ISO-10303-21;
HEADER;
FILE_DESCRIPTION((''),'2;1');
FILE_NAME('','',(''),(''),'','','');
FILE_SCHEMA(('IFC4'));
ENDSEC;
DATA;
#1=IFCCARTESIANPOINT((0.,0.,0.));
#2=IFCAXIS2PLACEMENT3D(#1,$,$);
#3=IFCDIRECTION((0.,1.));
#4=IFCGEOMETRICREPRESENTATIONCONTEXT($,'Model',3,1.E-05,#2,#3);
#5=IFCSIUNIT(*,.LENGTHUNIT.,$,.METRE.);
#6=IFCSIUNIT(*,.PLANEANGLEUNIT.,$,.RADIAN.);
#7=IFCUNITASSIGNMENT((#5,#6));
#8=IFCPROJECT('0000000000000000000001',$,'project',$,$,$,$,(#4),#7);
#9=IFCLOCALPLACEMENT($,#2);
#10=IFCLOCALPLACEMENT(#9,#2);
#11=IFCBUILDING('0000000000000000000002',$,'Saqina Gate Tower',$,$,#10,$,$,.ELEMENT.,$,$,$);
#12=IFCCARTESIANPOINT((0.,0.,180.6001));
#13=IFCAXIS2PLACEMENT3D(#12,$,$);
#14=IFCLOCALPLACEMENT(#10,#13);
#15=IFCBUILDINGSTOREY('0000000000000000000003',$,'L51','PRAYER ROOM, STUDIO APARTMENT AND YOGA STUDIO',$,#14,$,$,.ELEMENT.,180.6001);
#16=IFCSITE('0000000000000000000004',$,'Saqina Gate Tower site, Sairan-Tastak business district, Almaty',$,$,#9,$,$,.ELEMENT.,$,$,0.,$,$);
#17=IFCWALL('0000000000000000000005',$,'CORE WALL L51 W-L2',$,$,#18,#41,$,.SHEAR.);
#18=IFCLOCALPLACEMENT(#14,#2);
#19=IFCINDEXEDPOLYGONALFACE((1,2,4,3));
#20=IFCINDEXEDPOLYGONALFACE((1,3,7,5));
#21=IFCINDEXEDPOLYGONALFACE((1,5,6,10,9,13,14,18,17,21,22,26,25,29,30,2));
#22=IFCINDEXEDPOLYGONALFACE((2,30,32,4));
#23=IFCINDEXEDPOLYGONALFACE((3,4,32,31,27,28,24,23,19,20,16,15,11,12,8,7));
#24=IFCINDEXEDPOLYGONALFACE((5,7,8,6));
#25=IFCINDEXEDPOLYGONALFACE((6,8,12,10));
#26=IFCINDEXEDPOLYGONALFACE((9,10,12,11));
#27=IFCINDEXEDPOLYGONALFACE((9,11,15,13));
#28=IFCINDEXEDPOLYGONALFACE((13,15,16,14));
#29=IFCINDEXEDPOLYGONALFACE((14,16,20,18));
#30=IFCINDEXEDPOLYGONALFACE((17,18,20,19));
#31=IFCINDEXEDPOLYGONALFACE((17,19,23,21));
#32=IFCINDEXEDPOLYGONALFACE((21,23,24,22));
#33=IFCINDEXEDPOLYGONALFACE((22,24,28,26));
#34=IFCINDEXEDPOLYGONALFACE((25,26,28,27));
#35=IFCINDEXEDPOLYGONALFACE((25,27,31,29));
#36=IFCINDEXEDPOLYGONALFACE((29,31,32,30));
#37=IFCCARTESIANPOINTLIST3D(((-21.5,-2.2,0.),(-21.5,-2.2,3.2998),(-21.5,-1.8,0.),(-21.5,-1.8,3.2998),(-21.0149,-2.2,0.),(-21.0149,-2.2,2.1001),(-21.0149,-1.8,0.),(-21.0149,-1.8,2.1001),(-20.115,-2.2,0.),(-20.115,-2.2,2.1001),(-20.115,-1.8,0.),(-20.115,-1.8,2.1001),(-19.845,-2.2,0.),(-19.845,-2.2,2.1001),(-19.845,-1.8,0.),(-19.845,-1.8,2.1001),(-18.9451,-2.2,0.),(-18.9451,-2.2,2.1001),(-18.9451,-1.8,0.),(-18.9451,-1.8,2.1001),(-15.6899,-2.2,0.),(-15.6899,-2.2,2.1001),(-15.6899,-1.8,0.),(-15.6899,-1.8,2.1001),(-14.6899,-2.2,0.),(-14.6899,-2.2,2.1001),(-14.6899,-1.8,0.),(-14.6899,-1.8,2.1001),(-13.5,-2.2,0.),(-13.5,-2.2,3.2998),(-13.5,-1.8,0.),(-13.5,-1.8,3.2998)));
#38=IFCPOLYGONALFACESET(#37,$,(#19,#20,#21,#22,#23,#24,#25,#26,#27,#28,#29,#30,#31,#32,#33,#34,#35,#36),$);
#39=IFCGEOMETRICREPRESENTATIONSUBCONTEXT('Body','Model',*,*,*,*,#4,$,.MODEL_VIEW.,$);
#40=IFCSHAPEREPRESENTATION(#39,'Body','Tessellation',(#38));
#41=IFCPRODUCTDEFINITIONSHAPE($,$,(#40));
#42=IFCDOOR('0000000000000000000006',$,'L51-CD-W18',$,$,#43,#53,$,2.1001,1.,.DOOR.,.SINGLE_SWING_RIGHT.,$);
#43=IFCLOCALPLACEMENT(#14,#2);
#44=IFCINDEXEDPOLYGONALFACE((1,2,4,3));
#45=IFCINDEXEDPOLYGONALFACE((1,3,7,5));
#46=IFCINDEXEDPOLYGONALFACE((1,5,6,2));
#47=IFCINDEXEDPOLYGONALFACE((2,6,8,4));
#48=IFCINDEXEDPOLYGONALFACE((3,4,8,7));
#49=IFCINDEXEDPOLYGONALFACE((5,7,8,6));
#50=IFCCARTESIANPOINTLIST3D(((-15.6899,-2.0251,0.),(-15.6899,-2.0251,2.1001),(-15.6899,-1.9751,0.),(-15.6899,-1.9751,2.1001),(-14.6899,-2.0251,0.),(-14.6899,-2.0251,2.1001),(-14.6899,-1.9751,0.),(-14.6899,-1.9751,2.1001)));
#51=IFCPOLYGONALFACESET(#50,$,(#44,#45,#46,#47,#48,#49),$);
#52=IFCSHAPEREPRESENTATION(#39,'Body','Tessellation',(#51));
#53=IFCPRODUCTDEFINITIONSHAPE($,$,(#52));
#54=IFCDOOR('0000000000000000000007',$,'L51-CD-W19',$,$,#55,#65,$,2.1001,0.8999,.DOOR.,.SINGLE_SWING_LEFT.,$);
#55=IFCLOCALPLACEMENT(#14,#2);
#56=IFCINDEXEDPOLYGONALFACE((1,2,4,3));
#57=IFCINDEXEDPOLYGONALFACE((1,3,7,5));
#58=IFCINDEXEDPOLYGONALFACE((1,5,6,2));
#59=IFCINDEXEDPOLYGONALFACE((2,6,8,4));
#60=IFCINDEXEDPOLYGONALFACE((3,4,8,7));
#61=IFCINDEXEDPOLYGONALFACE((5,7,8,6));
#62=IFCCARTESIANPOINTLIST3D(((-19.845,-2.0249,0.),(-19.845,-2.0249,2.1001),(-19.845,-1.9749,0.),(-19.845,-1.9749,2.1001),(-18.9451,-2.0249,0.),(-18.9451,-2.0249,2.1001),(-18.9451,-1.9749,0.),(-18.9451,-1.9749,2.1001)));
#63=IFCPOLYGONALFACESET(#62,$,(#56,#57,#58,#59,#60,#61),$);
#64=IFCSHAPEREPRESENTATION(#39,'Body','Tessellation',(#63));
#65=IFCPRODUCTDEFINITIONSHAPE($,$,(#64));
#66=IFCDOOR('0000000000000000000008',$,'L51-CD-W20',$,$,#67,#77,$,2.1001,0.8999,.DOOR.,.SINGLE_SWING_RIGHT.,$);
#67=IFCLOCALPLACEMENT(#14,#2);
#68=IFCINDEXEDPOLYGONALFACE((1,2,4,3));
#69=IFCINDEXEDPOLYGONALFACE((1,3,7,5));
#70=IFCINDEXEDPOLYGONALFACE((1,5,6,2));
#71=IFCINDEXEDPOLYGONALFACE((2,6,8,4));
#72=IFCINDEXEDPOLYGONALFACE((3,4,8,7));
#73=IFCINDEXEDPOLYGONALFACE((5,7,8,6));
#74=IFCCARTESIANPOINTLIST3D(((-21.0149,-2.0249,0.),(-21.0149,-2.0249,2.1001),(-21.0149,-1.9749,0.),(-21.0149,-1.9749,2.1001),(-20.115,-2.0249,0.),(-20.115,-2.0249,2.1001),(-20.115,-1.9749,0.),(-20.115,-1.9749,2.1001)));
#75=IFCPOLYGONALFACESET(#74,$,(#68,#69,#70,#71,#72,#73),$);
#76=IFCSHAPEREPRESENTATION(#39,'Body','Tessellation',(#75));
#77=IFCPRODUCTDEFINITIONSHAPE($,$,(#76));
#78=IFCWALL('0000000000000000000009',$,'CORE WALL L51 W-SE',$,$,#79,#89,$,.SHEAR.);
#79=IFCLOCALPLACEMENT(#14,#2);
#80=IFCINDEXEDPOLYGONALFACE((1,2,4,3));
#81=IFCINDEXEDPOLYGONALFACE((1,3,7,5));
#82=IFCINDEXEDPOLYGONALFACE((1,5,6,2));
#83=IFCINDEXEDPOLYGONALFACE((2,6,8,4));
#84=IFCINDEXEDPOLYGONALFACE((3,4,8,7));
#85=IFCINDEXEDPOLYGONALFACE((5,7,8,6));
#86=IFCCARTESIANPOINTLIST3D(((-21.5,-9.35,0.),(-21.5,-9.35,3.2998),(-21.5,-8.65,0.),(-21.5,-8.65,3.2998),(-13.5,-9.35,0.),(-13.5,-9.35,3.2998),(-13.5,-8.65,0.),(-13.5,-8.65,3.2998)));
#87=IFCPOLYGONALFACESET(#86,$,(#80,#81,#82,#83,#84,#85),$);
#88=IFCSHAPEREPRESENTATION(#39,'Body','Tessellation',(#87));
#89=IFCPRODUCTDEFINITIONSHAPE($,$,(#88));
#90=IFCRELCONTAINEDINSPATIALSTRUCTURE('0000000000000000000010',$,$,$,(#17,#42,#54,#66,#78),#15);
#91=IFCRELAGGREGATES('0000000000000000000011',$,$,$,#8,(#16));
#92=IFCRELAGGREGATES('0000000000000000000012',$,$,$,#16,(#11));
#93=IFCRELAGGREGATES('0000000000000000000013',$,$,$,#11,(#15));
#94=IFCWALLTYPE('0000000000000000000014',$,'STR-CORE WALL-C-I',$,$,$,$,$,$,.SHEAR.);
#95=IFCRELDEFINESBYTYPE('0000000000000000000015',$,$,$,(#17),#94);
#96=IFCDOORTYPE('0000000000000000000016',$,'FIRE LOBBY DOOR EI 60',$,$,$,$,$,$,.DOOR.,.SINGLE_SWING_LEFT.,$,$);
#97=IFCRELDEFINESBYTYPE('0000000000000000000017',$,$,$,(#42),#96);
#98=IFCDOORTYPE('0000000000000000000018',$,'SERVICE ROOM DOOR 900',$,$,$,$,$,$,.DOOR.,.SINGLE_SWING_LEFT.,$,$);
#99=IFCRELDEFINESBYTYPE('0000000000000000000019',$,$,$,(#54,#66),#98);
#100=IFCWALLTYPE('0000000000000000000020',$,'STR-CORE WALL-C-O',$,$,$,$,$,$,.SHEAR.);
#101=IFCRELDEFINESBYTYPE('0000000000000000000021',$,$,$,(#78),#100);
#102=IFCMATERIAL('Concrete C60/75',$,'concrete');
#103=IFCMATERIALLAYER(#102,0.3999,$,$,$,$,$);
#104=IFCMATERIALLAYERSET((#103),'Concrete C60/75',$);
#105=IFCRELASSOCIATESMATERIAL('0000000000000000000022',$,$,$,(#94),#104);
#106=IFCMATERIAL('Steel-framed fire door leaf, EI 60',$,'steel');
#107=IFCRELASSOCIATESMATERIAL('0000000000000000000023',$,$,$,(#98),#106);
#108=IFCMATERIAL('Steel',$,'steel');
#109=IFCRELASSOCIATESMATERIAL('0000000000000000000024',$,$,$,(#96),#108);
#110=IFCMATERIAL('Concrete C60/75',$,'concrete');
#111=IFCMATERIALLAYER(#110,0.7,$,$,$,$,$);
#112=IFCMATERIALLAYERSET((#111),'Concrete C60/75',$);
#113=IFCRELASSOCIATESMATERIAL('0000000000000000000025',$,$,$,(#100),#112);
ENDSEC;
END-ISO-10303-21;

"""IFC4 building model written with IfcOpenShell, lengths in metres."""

from ifc_helpers import new_model, si_unit, direction, frame, frame_2d, origin, place, context, subcontext, project, spatial, rectangle, extrude, material, layer, layer_set, type_object, element, fill, save


model = new_model("IFC4")

# Units and contexts
model_context = context("Model", 3, precision=1e-05, world=origin(), true_north=direction((0.0, 1.0)))
body_context = subcontext(model_context, "Body", "Model", "MODEL_VIEW")
ifc_project = project(units=[si_unit("LENGTHUNIT", "METRE"), si_unit("PLANEANGLEUNIT", "RADIAN")], contexts=[model_context])

# Site, building, storey
site_placement = place(None, origin())
site = spatial("IfcSite", under=ifc_project, at=site_placement, Name="Saqina Gate Tower site, Sairan-Tastak business district, Almaty", CompositionType="ELEMENT", RefElevation=0.0)
building_placement = place(site_placement, origin())
building = spatial("IfcBuilding", under=site, at=building_placement, Name="Saqina Gate Tower", CompositionType="ELEMENT")
storey_placement = place(building_placement, frame((0.0, 0.0, 180.6001)))
storey = spatial("IfcBuildingStorey", under=building, at=storey_placement, Name="L51", Description="PRAYER ROOM, STUDIO APARTMENT AND YOGA STUDIO", CompositionType="ELEMENT", Elevation=180.6001)

# Wall, openings, doors
ifc_material_1 = material(Name="Concrete C60/75", Category="concrete")
ifc_layer_1 = layer(ifc_material_1, 0.3999)
ifc_layer_set_1 = layer_set([ifc_layer_1], Name="Concrete C60/75")
wall_type_1 = type_object("IfcWallType", Name="STR-CORE WALL-C-I", PredefinedType="SHEAR", material=ifc_layer_set_1)
ifc_material_2 = material(Name="Steel-framed fire door leaf, EI 60", Category="steel")
door_type_1 = type_object("IfcDoorType", Name="SERVICE ROOM DOOR 900", OperationType="SINGLE_SWING_LEFT", PredefinedType="DOOR", material=ifc_material_2)
wall_1_placement = place(storey_placement, frame((-13.5, -2.0, 0.0), z_axis=(0.0, 0.0, 1.0), x_axis=(-1.0, 0.0, 0.0)))
wall_1 = element("IfcWall", 1, at=wall_1_placement, inside=storey, type_object=wall_type_1, Name="CORE WALL L51 W-L2", PredefinedType="SHEAR", context=body_context, shape_type="SweptSolid", body=[
    extrude(rectangle(XDim=8.0, YDim=0.3999, at=frame_2d((4.0, 0.0))), origin(), (0.0, 0.0, 1.0), 3.2998),
])
opening_1_placement = place(wall_1_placement, frame((1.1899, 0.0, 0.0)))
opening_1 = element("IfcOpeningElement", 2, at=opening_1_placement, cuts=wall_1, PredefinedType="OPENING", context=body_context, shape_type="SweptSolid", body=[
    extrude(rectangle(XDim=1.0, YDim=2.1001, at=frame_2d((0.5, 1.05))), frame((0.0, 0.2119, 0.0), z_axis=(0.0, -1.0, 0.0), x_axis=(1.0, 0.0, 0.0)), (0.0, 0.0, 1.0), 0.4238),
])
opening_2_placement = place(wall_1_placement, frame((5.4451, 0.0, 0.0)))
opening_2 = element("IfcOpeningElement", 3, at=opening_2_placement, cuts=wall_1, PredefinedType="OPENING", context=body_context, shape_type="SweptSolid", body=[
    extrude(rectangle(XDim=0.8999, YDim=2.1001, at=frame_2d((0.45, 1.05))), frame((0.0, 0.2119, 0.0), z_axis=(0.0, -1.0, 0.0), x_axis=(1.0, 0.0, 0.0)), (0.0, 0.0, 1.0), 0.4238),
])
opening_3_placement = place(wall_1_placement, frame((6.615, 0.0, 0.0)))
opening_3 = element("IfcOpeningElement", 4, at=opening_3_placement, cuts=wall_1, PredefinedType="OPENING", context=body_context, shape_type="SweptSolid", body=[
    extrude(rectangle(XDim=0.8999, YDim=2.1001, at=frame_2d((0.45, 1.05))), frame((0.0, 0.2119, 0.0), z_axis=(0.0, -1.0, 0.0), x_axis=(1.0, 0.0, 0.0)), (0.0, 0.0, 1.0), 0.4238),
])
ifc_material_3 = material(Name="Steel", Category="steel")
door_type_2 = type_object("IfcDoorType", Name="FIRE LOBBY DOOR EI 60", OperationType="SINGLE_SWING_LEFT", PredefinedType="DOOR", material=ifc_material_3)
door_1_placement = place(opening_1_placement, frame((1.0, 0.0, 0.0), z_axis=(0.0, 0.0, 1.0), x_axis=(-1.0, 0.0, 0.0)))
door_1 = element("IfcDoor", 5, at=door_1_placement, inside=storey, type_object=door_type_2, Name="L51-CD-W18", OperationType="SINGLE_SWING_RIGHT", OverallHeight=2.1001, OverallWidth=1.0, PredefinedType="DOOR", context=body_context, shape_type="SweptSolid", body=[
    extrude(rectangle(XDim=1.0, YDim=2.1001, at=frame_2d((0.5, 1.05))), frame((0.0, 0.0249, 0.0), z_axis=(0.0, -1.0, 0.0), x_axis=(1.0, 0.0, 0.0)), (0.0, 0.0, 1.0), 0.05),
])
fill(opening_1, door_1)
door_2_placement = place(opening_2_placement, origin())
door_2 = element("IfcDoor", 6, at=door_2_placement, inside=storey, type_object=door_type_1, Name="L51-CD-W19", OperationType="SINGLE_SWING_LEFT", OverallHeight=2.1001, OverallWidth=0.8999, PredefinedType="DOOR", context=body_context, shape_type="SweptSolid", body=[
    extrude(rectangle(XDim=0.8999, YDim=2.1001, at=frame_2d((0.45, 1.05))), frame((0.0, 0.0249, 0.0), z_axis=(0.0, -1.0, 0.0), x_axis=(1.0, 0.0, 0.0)), (0.0, 0.0, 1.0), 0.05),
])
fill(opening_2, door_2)
door_3_placement = place(opening_3_placement, origin())
door_3 = element("IfcDoor", 7, at=door_3_placement, inside=storey, type_object=door_type_1, Name="L51-CD-W20", OperationType="SINGLE_SWING_RIGHT", OverallHeight=2.1001, OverallWidth=0.8999, PredefinedType="DOOR", context=body_context, shape_type="SweptSolid", body=[
    extrude(rectangle(XDim=0.8999, YDim=2.1001, at=frame_2d((0.45, 1.05))), frame((0.0, 0.0249, 0.0), z_axis=(0.0, -1.0, 0.0), x_axis=(1.0, 0.0, 0.0)), (0.0, 0.0, 1.0), 0.05),
])
fill(opening_3, door_3)
ifc_material_4 = material(Name="Concrete C60/75", Category="concrete")
ifc_layer_2 = layer(ifc_material_4, 0.7)
ifc_layer_set_2 = layer_set([ifc_layer_2], Name="Concrete C60/75")
wall_type_2 = type_object("IfcWallType", Name="STR-CORE WALL-C-O", PredefinedType="SHEAR", material=ifc_layer_set_2)

# Wall
wall_2_placement = place(storey_placement, frame((-13.5, -9.0, 0.0), z_axis=(0.0, 0.0, 1.0), x_axis=(-1.0, 0.0, 0.0)))
element("IfcWall", 8, at=wall_2_placement, inside=storey, type_object=wall_type_2, Name="CORE WALL L51 W-SE", PredefinedType="SHEAR", context=body_context, shape_type="SweptSolid", body=[
    extrude(rectangle(XDim=8.0, YDim=0.7, at=frame_2d((4.0, 0.0))), origin(), (0.0, 0.0, 1.0), 3.2998),
])

save(model, "model.ifc")
